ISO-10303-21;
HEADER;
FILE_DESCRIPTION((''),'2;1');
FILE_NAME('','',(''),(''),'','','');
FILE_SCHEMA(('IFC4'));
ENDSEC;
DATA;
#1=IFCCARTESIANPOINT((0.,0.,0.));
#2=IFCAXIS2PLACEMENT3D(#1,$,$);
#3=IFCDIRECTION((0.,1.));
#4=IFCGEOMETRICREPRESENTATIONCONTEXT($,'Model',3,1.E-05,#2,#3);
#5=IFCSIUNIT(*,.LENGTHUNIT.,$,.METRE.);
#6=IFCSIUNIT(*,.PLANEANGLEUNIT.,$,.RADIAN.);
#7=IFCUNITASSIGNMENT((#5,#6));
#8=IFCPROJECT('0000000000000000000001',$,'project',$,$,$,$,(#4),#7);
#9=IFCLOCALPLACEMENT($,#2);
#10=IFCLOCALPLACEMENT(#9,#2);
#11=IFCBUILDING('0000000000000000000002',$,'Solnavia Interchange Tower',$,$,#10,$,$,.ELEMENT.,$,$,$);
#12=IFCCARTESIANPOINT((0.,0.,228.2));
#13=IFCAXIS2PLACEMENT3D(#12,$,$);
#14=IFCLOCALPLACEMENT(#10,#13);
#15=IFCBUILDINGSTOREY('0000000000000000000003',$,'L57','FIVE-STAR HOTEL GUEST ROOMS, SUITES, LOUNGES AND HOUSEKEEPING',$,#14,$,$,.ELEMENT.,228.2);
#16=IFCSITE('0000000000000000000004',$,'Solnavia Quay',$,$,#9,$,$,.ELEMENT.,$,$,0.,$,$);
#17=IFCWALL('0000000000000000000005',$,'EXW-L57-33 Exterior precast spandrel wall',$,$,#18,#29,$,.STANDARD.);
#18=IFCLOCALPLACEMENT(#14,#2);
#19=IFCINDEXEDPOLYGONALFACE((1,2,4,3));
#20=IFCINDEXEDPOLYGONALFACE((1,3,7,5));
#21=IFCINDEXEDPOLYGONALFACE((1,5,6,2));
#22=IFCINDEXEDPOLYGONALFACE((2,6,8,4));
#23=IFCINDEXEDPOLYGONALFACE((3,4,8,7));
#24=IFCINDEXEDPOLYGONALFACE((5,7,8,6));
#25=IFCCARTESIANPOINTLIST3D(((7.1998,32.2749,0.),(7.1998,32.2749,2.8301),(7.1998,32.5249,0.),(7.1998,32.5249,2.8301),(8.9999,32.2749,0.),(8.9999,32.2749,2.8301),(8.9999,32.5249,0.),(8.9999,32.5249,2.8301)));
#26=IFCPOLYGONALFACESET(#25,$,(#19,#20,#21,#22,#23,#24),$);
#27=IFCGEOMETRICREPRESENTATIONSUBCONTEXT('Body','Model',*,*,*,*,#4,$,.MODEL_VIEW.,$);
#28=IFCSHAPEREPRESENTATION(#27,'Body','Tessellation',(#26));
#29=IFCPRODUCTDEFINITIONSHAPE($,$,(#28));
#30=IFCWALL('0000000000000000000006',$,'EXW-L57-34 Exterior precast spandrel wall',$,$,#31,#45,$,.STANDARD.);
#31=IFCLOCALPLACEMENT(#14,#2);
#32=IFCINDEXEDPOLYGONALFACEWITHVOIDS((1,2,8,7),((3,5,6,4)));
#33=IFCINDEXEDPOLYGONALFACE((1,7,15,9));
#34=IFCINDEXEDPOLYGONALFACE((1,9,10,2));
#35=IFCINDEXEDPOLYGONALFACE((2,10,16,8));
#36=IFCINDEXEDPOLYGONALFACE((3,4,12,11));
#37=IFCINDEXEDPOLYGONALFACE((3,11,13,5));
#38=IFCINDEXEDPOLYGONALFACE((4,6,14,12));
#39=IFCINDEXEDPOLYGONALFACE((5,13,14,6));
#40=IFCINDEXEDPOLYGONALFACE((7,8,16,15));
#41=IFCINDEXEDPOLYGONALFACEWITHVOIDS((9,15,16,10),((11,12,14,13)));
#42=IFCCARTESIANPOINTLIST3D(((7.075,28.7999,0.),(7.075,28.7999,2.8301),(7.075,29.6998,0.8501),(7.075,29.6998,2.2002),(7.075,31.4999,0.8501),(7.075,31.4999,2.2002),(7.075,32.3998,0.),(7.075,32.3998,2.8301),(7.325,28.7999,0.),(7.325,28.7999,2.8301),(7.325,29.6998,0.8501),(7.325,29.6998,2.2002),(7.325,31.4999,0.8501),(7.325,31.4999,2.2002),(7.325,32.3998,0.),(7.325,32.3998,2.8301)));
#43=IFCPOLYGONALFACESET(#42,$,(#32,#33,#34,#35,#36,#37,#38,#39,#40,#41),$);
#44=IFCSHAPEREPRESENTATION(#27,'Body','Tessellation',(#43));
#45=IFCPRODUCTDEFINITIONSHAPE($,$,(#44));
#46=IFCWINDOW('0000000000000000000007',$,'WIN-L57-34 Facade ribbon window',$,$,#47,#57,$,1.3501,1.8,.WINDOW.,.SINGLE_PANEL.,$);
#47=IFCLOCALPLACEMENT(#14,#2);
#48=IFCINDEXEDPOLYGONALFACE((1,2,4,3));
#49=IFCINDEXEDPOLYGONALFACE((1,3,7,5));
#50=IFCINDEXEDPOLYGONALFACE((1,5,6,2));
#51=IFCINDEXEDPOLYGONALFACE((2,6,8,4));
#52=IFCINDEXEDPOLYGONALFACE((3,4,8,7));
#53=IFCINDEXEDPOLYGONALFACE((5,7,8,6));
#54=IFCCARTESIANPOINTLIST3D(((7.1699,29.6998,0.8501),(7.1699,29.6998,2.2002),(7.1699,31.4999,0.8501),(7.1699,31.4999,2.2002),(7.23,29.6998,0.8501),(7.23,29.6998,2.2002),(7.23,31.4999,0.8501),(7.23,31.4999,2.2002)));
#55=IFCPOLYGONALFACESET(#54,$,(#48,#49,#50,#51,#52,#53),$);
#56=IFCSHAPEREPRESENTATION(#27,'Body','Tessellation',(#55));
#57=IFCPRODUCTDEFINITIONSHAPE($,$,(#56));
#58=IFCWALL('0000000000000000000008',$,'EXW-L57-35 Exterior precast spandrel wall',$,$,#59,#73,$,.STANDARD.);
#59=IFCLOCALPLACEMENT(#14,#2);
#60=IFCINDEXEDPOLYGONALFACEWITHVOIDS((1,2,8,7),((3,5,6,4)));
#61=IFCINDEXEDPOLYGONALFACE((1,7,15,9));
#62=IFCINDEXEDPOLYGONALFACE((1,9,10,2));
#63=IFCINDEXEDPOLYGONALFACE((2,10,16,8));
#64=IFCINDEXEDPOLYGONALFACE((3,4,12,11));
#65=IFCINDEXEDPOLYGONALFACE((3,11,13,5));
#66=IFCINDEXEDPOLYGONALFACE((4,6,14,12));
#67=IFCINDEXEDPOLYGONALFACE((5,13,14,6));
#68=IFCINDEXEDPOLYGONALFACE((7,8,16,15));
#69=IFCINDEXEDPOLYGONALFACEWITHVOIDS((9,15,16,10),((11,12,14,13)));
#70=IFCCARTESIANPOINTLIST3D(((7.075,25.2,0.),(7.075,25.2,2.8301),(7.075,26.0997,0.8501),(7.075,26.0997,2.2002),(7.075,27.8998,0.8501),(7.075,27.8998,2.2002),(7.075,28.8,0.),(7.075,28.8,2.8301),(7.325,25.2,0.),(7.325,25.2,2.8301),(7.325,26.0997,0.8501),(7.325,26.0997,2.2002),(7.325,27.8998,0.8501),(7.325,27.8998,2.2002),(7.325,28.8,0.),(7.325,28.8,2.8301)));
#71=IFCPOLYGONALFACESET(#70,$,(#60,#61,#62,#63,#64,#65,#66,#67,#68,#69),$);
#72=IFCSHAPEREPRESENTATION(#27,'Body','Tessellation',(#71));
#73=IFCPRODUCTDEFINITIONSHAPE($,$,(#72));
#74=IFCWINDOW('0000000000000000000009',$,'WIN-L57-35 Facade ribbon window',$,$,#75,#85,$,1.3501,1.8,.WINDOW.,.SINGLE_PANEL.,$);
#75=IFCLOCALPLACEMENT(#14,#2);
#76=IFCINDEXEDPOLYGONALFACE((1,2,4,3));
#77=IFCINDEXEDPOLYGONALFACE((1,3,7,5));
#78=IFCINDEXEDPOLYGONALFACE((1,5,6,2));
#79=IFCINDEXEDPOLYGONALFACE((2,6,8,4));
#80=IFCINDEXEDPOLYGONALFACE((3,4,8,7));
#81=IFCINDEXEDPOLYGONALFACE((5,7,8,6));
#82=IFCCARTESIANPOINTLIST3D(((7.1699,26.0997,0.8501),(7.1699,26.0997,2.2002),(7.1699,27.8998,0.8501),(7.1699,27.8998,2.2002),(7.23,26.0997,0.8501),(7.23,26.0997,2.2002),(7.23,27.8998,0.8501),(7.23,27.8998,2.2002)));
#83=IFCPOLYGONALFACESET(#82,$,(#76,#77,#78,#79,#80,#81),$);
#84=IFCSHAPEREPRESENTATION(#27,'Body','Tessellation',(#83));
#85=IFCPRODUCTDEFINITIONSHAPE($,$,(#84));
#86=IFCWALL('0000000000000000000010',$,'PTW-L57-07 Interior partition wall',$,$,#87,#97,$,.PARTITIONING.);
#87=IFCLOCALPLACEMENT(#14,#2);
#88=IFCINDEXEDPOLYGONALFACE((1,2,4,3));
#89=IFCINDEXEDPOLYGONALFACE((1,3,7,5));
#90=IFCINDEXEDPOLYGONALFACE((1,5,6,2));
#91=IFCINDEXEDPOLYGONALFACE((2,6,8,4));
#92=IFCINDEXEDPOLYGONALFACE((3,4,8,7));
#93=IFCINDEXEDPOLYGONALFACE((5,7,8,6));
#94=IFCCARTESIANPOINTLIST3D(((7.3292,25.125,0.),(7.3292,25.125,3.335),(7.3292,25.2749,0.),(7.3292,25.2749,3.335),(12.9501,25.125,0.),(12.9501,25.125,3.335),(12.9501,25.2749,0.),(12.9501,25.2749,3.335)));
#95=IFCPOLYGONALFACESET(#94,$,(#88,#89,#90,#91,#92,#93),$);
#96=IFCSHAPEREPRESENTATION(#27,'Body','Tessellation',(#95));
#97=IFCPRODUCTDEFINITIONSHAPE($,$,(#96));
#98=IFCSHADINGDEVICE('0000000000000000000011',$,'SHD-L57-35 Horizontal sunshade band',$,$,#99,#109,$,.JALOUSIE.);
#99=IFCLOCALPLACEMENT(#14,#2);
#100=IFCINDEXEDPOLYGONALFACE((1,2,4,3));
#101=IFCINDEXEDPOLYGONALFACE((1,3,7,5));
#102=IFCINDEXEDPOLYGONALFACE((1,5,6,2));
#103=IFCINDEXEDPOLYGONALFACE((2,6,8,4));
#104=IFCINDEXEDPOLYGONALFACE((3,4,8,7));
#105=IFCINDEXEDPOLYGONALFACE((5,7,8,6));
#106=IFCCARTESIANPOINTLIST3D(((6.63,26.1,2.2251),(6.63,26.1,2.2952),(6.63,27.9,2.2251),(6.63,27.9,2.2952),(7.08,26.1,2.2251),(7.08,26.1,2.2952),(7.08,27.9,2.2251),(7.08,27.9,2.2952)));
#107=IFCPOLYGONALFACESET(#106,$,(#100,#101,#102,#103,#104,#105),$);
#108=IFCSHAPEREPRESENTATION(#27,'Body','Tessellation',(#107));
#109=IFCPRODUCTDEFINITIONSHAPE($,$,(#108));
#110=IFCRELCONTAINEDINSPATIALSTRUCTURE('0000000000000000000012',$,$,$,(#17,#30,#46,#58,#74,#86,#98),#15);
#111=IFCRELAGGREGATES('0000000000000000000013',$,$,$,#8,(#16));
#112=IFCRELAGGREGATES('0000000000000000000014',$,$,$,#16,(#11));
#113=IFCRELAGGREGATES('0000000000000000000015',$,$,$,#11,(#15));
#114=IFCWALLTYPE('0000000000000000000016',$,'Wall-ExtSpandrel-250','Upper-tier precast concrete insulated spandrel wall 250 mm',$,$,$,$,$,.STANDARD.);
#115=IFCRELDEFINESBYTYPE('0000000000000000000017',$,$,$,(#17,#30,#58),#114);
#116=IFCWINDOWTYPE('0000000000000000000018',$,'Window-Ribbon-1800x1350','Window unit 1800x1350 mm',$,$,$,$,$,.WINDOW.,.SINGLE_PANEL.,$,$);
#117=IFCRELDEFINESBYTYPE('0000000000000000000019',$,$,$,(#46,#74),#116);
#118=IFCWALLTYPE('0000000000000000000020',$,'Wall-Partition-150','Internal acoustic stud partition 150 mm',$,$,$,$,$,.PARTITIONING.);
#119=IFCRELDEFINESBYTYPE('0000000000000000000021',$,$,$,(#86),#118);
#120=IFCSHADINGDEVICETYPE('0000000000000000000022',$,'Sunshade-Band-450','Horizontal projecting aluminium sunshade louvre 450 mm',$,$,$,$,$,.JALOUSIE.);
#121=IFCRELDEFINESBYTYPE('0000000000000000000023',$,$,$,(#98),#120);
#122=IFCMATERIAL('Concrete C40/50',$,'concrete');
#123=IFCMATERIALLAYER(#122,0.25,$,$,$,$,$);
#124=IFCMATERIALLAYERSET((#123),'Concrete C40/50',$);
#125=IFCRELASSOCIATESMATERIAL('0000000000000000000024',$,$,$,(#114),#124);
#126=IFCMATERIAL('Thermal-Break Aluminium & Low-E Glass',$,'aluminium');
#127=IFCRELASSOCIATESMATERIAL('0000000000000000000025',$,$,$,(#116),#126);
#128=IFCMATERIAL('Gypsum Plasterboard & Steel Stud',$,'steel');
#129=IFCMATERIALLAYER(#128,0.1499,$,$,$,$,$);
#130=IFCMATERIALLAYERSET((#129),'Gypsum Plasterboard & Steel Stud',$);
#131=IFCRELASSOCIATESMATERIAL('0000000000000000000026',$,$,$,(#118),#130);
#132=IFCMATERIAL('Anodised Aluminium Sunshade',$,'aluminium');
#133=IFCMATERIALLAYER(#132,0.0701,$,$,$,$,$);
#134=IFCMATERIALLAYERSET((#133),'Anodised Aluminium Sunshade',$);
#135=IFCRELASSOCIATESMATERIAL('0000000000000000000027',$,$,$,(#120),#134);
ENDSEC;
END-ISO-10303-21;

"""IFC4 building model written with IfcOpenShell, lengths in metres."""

from ifc_helpers import new_model, si_unit, direction, frame, frame_2d, origin, origin_2d, place, context, subcontext, project, spatial, rectangle, extrude, material, layer, layer_set, type_object, element, fill, save


model = new_model("IFC4")

# Units and contexts
model_context = context("Model", 3, precision=1e-05, world=origin(), true_north=direction((0.0, 1.0)))
body_context = subcontext(model_context, "Body", "Model", "MODEL_VIEW")
ifc_project = project(units=[si_unit("LENGTHUNIT", "METRE"), si_unit("PLANEANGLEUNIT", "RADIAN")], contexts=[model_context])

# Site, building, storey
site_placement = place(None, origin())
site = spatial("IfcSite", under=ifc_project, at=site_placement, Name="Solnavia Quay", CompositionType="ELEMENT", RefElevation=0.0)
building_placement = place(site_placement, origin())
building = spatial("IfcBuilding", under=site, at=building_placement, Name="Solnavia Interchange Tower", CompositionType="ELEMENT")
storey_placement = place(building_placement, frame((0.0, 0.0, 228.2)))
storey = spatial("IfcBuildingStorey", under=building, at=storey_placement, Name="L57", Description="FIVE-STAR HOTEL GUEST ROOMS, SUITES, LOUNGES AND HOUSEKEEPING", CompositionType="ELEMENT", Elevation=228.2)

# Wall
ifc_material_1 = material(Name="Concrete C40/50", Category="concrete")
ifc_layer_1 = layer(ifc_material_1, 0.25)
ifc_layer_set_1 = layer_set([ifc_layer_1], Name="Concrete C40/50")
wall_type_1 = type_object("IfcWallType", Name="Wall-ExtSpandrel-250", Description="Upper-tier precast concrete insulated spandrel wall 250 mm", PredefinedType="STANDARD", material=ifc_layer_set_1)
wall_1_placement = place(storey_placement, frame((7.2, 32.3999, 0.0), z_axis=(0.0, 0.0, 1.0), x_axis=(1.0, 0.0, 0.0)))
element("IfcWall", 1, at=wall_1_placement, inside=storey, type_object=wall_type_1, Name="EXW-L57-33 Exterior precast spandrel wall", PredefinedType="STANDARD", context=body_context, shape_type="SweptSolid", body=[
    extrude(rectangle(XDim=1.8, YDim=0.25, at=frame_2d((0.8999, 0.0))), origin(), (0.0, 0.0, 1.0), 2.8301),
])

# Walls, openings, windows
wall_2_placement = place(storey_placement, frame((7.2, 28.8, 0.0), z_axis=(0.0, 0.0, 1.0), x_axis=(0.0, 1.0, 0.0)))
wall_2 = element("IfcWall", 2, at=wall_2_placement, inside=storey, type_object=wall_type_1, Name="EXW-L57-34 Exterior precast spandrel wall", PredefinedType="STANDARD", context=body_context, shape_type="SweptSolid", body=[
    extrude(rectangle(XDim=3.5999, YDim=0.25, at=frame_2d((1.7998, 0.0))), origin(), (0.0, 0.0, 1.0), 2.8301),
])
opening_1_placement = place(wall_2_placement, frame((0.8999, 0.0, 0.8501)))
opening_1 = element("IfcOpeningElement", 3, at=opening_1_placement, cuts=wall_2, PredefinedType="OPENING", context=body_context, shape_type="SweptSolid", body=[
    extrude(rectangle(XDim=1.8, YDim=1.3501, at=frame_2d((0.8999, 0.675))), frame((0.0, 0.135, 0.0), z_axis=(0.0, -1.0, 0.0), x_axis=(1.0, 0.0, 0.0)), (0.0, 0.0, 1.0), 0.27),
])
ifc_material_2 = material(Name="Thermal-Break Aluminium & Low-E Glass", Category="aluminium")
window_type = type_object("IfcWindowType", Name="Window-Ribbon-1800x1350", Description="Window unit 1800x1350 mm", PartitioningType="SINGLE_PANEL", PredefinedType="WINDOW", material=ifc_material_2)
window_1_placement = place(opening_1_placement, origin())
window_1 = element("IfcWindow", 4, at=window_1_placement, inside=storey, type_object=window_type, Name="WIN-L57-34 Facade ribbon window", OverallHeight=1.3501, OverallWidth=1.8, PartitioningType="SINGLE_PANEL", PredefinedType="WINDOW", context=body_context, shape_type="SweptSolid", body=[
    extrude(rectangle(XDim=1.8, YDim=1.3501, at=frame_2d((0.8999, 0.675))), frame((0.0, 0.03, 0.0), z_axis=(0.0, -1.0, 0.0), x_axis=(1.0, 0.0, 0.0)), (0.0, 0.0, 1.0), 0.0601),
])
fill(opening_1, window_1)
wall_3_placement = place(storey_placement, frame((7.2, 25.2, 0.0), z_axis=(0.0, 0.0, 1.0), x_axis=(0.0, 1.0, 0.0)))
wall_3 = element("IfcWall", 5, at=wall_3_placement, inside=storey, type_object=wall_type_1, Name="EXW-L57-35 Exterior precast spandrel wall", PredefinedType="STANDARD", context=body_context, shape_type="SweptSolid", body=[
    extrude(rectangle(XDim=3.6001, YDim=0.25, at=frame_2d((1.8, 0.0))), origin(), (0.0, 0.0, 1.0), 2.8301),
])
opening_2_placement = place(wall_3_placement, frame((0.8999, 0.0, 0.8501)))
opening_2 = element("IfcOpeningElement", 6, at=opening_2_placement, cuts=wall_3, PredefinedType="OPENING", context=body_context, shape_type="SweptSolid", body=[
    extrude(rectangle(XDim=1.8, YDim=1.3501, at=frame_2d((0.8999, 0.675))), frame((0.0, 0.135, 0.0), z_axis=(0.0, -1.0, 0.0), x_axis=(1.0, 0.0, 0.0)), (0.0, 0.0, 1.0), 0.27),
])
window_2_placement = place(opening_2_placement, origin())
window_2 = element("IfcWindow", 7, at=window_2_placement, inside=storey, type_object=window_type, Name="WIN-L57-35 Facade ribbon window", OverallHeight=1.3501, OverallWidth=1.8, PartitioningType="SINGLE_PANEL", PredefinedType="WINDOW", context=body_context, shape_type="SweptSolid", body=[
    extrude(rectangle(XDim=1.8, YDim=1.3501, at=frame_2d((0.8999, 0.675))), frame((0.0, 0.03, 0.0), z_axis=(0.0, -1.0, 0.0), x_axis=(1.0, 0.0, 0.0)), (0.0, 0.0, 1.0), 0.0601),
])
fill(opening_2, window_2)

# Wall
ifc_material_3 = material(Name="Gypsum Plasterboard & Steel Stud", Category="steel")
ifc_layer_2 = layer(ifc_material_3, 0.1499)
ifc_layer_set_2 = layer_set([ifc_layer_2], Name="Gypsum Plasterboard & Steel Stud")
wall_type_2 = type_object("IfcWallType", Name="Wall-Partition-150", Description="Internal acoustic stud partition 150 mm", PredefinedType="PARTITIONING", material=ifc_layer_set_2)
wall_4_placement = place(storey_placement, frame((7.3291, 25.2, 0.0), z_axis=(0.0, 0.0, 1.0), x_axis=(1.0, 0.0, 0.0)))
element("IfcWall", 8, at=wall_4_placement, inside=storey, type_object=wall_type_2, Name="PTW-L57-07 Interior partition wall", PredefinedType="PARTITIONING", context=body_context, shape_type="SweptSolid", body=[
    extrude(rectangle(XDim=5.6208, YDim=0.1499, at=frame_2d((2.8105, 0.0))), origin(), (0.0, 0.0, 1.0), 3.335),
])

# Shading device
ifc_material_4 = material(Name="Anodised Aluminium Sunshade", Category="aluminium")
ifc_layer_3 = layer(ifc_material_4, 0.0701)
ifc_layer_set_3 = layer_set([ifc_layer_3], Name="Anodised Aluminium Sunshade")
shading_device_type = type_object("IfcShadingDeviceType", Name="Sunshade-Band-450", Description="Horizontal projecting aluminium sunshade louvre 450 mm", PredefinedType="JALOUSIE", material=ifc_layer_set_3)
shading_device_placement = place(storey_placement, frame((6.855, 27.0, 2.2251), z_axis=(0.0, 0.0, 1.0), x_axis=(0.0, 1.0, 0.0)))
element("IfcShadingDevice", 9, at=shading_device_placement, inside=storey, type_object=shading_device_type, Name="SHD-L57-35 Horizontal sunshade band", PredefinedType="JALOUSIE", context=body_context, shape_type="SweptSolid", body=[
    extrude(rectangle(XDim=1.8, YDim=0.45, at=origin_2d()), origin(), (0.0, 0.0, 1.0), 0.0701),
])

save(model, "model.ifc")
